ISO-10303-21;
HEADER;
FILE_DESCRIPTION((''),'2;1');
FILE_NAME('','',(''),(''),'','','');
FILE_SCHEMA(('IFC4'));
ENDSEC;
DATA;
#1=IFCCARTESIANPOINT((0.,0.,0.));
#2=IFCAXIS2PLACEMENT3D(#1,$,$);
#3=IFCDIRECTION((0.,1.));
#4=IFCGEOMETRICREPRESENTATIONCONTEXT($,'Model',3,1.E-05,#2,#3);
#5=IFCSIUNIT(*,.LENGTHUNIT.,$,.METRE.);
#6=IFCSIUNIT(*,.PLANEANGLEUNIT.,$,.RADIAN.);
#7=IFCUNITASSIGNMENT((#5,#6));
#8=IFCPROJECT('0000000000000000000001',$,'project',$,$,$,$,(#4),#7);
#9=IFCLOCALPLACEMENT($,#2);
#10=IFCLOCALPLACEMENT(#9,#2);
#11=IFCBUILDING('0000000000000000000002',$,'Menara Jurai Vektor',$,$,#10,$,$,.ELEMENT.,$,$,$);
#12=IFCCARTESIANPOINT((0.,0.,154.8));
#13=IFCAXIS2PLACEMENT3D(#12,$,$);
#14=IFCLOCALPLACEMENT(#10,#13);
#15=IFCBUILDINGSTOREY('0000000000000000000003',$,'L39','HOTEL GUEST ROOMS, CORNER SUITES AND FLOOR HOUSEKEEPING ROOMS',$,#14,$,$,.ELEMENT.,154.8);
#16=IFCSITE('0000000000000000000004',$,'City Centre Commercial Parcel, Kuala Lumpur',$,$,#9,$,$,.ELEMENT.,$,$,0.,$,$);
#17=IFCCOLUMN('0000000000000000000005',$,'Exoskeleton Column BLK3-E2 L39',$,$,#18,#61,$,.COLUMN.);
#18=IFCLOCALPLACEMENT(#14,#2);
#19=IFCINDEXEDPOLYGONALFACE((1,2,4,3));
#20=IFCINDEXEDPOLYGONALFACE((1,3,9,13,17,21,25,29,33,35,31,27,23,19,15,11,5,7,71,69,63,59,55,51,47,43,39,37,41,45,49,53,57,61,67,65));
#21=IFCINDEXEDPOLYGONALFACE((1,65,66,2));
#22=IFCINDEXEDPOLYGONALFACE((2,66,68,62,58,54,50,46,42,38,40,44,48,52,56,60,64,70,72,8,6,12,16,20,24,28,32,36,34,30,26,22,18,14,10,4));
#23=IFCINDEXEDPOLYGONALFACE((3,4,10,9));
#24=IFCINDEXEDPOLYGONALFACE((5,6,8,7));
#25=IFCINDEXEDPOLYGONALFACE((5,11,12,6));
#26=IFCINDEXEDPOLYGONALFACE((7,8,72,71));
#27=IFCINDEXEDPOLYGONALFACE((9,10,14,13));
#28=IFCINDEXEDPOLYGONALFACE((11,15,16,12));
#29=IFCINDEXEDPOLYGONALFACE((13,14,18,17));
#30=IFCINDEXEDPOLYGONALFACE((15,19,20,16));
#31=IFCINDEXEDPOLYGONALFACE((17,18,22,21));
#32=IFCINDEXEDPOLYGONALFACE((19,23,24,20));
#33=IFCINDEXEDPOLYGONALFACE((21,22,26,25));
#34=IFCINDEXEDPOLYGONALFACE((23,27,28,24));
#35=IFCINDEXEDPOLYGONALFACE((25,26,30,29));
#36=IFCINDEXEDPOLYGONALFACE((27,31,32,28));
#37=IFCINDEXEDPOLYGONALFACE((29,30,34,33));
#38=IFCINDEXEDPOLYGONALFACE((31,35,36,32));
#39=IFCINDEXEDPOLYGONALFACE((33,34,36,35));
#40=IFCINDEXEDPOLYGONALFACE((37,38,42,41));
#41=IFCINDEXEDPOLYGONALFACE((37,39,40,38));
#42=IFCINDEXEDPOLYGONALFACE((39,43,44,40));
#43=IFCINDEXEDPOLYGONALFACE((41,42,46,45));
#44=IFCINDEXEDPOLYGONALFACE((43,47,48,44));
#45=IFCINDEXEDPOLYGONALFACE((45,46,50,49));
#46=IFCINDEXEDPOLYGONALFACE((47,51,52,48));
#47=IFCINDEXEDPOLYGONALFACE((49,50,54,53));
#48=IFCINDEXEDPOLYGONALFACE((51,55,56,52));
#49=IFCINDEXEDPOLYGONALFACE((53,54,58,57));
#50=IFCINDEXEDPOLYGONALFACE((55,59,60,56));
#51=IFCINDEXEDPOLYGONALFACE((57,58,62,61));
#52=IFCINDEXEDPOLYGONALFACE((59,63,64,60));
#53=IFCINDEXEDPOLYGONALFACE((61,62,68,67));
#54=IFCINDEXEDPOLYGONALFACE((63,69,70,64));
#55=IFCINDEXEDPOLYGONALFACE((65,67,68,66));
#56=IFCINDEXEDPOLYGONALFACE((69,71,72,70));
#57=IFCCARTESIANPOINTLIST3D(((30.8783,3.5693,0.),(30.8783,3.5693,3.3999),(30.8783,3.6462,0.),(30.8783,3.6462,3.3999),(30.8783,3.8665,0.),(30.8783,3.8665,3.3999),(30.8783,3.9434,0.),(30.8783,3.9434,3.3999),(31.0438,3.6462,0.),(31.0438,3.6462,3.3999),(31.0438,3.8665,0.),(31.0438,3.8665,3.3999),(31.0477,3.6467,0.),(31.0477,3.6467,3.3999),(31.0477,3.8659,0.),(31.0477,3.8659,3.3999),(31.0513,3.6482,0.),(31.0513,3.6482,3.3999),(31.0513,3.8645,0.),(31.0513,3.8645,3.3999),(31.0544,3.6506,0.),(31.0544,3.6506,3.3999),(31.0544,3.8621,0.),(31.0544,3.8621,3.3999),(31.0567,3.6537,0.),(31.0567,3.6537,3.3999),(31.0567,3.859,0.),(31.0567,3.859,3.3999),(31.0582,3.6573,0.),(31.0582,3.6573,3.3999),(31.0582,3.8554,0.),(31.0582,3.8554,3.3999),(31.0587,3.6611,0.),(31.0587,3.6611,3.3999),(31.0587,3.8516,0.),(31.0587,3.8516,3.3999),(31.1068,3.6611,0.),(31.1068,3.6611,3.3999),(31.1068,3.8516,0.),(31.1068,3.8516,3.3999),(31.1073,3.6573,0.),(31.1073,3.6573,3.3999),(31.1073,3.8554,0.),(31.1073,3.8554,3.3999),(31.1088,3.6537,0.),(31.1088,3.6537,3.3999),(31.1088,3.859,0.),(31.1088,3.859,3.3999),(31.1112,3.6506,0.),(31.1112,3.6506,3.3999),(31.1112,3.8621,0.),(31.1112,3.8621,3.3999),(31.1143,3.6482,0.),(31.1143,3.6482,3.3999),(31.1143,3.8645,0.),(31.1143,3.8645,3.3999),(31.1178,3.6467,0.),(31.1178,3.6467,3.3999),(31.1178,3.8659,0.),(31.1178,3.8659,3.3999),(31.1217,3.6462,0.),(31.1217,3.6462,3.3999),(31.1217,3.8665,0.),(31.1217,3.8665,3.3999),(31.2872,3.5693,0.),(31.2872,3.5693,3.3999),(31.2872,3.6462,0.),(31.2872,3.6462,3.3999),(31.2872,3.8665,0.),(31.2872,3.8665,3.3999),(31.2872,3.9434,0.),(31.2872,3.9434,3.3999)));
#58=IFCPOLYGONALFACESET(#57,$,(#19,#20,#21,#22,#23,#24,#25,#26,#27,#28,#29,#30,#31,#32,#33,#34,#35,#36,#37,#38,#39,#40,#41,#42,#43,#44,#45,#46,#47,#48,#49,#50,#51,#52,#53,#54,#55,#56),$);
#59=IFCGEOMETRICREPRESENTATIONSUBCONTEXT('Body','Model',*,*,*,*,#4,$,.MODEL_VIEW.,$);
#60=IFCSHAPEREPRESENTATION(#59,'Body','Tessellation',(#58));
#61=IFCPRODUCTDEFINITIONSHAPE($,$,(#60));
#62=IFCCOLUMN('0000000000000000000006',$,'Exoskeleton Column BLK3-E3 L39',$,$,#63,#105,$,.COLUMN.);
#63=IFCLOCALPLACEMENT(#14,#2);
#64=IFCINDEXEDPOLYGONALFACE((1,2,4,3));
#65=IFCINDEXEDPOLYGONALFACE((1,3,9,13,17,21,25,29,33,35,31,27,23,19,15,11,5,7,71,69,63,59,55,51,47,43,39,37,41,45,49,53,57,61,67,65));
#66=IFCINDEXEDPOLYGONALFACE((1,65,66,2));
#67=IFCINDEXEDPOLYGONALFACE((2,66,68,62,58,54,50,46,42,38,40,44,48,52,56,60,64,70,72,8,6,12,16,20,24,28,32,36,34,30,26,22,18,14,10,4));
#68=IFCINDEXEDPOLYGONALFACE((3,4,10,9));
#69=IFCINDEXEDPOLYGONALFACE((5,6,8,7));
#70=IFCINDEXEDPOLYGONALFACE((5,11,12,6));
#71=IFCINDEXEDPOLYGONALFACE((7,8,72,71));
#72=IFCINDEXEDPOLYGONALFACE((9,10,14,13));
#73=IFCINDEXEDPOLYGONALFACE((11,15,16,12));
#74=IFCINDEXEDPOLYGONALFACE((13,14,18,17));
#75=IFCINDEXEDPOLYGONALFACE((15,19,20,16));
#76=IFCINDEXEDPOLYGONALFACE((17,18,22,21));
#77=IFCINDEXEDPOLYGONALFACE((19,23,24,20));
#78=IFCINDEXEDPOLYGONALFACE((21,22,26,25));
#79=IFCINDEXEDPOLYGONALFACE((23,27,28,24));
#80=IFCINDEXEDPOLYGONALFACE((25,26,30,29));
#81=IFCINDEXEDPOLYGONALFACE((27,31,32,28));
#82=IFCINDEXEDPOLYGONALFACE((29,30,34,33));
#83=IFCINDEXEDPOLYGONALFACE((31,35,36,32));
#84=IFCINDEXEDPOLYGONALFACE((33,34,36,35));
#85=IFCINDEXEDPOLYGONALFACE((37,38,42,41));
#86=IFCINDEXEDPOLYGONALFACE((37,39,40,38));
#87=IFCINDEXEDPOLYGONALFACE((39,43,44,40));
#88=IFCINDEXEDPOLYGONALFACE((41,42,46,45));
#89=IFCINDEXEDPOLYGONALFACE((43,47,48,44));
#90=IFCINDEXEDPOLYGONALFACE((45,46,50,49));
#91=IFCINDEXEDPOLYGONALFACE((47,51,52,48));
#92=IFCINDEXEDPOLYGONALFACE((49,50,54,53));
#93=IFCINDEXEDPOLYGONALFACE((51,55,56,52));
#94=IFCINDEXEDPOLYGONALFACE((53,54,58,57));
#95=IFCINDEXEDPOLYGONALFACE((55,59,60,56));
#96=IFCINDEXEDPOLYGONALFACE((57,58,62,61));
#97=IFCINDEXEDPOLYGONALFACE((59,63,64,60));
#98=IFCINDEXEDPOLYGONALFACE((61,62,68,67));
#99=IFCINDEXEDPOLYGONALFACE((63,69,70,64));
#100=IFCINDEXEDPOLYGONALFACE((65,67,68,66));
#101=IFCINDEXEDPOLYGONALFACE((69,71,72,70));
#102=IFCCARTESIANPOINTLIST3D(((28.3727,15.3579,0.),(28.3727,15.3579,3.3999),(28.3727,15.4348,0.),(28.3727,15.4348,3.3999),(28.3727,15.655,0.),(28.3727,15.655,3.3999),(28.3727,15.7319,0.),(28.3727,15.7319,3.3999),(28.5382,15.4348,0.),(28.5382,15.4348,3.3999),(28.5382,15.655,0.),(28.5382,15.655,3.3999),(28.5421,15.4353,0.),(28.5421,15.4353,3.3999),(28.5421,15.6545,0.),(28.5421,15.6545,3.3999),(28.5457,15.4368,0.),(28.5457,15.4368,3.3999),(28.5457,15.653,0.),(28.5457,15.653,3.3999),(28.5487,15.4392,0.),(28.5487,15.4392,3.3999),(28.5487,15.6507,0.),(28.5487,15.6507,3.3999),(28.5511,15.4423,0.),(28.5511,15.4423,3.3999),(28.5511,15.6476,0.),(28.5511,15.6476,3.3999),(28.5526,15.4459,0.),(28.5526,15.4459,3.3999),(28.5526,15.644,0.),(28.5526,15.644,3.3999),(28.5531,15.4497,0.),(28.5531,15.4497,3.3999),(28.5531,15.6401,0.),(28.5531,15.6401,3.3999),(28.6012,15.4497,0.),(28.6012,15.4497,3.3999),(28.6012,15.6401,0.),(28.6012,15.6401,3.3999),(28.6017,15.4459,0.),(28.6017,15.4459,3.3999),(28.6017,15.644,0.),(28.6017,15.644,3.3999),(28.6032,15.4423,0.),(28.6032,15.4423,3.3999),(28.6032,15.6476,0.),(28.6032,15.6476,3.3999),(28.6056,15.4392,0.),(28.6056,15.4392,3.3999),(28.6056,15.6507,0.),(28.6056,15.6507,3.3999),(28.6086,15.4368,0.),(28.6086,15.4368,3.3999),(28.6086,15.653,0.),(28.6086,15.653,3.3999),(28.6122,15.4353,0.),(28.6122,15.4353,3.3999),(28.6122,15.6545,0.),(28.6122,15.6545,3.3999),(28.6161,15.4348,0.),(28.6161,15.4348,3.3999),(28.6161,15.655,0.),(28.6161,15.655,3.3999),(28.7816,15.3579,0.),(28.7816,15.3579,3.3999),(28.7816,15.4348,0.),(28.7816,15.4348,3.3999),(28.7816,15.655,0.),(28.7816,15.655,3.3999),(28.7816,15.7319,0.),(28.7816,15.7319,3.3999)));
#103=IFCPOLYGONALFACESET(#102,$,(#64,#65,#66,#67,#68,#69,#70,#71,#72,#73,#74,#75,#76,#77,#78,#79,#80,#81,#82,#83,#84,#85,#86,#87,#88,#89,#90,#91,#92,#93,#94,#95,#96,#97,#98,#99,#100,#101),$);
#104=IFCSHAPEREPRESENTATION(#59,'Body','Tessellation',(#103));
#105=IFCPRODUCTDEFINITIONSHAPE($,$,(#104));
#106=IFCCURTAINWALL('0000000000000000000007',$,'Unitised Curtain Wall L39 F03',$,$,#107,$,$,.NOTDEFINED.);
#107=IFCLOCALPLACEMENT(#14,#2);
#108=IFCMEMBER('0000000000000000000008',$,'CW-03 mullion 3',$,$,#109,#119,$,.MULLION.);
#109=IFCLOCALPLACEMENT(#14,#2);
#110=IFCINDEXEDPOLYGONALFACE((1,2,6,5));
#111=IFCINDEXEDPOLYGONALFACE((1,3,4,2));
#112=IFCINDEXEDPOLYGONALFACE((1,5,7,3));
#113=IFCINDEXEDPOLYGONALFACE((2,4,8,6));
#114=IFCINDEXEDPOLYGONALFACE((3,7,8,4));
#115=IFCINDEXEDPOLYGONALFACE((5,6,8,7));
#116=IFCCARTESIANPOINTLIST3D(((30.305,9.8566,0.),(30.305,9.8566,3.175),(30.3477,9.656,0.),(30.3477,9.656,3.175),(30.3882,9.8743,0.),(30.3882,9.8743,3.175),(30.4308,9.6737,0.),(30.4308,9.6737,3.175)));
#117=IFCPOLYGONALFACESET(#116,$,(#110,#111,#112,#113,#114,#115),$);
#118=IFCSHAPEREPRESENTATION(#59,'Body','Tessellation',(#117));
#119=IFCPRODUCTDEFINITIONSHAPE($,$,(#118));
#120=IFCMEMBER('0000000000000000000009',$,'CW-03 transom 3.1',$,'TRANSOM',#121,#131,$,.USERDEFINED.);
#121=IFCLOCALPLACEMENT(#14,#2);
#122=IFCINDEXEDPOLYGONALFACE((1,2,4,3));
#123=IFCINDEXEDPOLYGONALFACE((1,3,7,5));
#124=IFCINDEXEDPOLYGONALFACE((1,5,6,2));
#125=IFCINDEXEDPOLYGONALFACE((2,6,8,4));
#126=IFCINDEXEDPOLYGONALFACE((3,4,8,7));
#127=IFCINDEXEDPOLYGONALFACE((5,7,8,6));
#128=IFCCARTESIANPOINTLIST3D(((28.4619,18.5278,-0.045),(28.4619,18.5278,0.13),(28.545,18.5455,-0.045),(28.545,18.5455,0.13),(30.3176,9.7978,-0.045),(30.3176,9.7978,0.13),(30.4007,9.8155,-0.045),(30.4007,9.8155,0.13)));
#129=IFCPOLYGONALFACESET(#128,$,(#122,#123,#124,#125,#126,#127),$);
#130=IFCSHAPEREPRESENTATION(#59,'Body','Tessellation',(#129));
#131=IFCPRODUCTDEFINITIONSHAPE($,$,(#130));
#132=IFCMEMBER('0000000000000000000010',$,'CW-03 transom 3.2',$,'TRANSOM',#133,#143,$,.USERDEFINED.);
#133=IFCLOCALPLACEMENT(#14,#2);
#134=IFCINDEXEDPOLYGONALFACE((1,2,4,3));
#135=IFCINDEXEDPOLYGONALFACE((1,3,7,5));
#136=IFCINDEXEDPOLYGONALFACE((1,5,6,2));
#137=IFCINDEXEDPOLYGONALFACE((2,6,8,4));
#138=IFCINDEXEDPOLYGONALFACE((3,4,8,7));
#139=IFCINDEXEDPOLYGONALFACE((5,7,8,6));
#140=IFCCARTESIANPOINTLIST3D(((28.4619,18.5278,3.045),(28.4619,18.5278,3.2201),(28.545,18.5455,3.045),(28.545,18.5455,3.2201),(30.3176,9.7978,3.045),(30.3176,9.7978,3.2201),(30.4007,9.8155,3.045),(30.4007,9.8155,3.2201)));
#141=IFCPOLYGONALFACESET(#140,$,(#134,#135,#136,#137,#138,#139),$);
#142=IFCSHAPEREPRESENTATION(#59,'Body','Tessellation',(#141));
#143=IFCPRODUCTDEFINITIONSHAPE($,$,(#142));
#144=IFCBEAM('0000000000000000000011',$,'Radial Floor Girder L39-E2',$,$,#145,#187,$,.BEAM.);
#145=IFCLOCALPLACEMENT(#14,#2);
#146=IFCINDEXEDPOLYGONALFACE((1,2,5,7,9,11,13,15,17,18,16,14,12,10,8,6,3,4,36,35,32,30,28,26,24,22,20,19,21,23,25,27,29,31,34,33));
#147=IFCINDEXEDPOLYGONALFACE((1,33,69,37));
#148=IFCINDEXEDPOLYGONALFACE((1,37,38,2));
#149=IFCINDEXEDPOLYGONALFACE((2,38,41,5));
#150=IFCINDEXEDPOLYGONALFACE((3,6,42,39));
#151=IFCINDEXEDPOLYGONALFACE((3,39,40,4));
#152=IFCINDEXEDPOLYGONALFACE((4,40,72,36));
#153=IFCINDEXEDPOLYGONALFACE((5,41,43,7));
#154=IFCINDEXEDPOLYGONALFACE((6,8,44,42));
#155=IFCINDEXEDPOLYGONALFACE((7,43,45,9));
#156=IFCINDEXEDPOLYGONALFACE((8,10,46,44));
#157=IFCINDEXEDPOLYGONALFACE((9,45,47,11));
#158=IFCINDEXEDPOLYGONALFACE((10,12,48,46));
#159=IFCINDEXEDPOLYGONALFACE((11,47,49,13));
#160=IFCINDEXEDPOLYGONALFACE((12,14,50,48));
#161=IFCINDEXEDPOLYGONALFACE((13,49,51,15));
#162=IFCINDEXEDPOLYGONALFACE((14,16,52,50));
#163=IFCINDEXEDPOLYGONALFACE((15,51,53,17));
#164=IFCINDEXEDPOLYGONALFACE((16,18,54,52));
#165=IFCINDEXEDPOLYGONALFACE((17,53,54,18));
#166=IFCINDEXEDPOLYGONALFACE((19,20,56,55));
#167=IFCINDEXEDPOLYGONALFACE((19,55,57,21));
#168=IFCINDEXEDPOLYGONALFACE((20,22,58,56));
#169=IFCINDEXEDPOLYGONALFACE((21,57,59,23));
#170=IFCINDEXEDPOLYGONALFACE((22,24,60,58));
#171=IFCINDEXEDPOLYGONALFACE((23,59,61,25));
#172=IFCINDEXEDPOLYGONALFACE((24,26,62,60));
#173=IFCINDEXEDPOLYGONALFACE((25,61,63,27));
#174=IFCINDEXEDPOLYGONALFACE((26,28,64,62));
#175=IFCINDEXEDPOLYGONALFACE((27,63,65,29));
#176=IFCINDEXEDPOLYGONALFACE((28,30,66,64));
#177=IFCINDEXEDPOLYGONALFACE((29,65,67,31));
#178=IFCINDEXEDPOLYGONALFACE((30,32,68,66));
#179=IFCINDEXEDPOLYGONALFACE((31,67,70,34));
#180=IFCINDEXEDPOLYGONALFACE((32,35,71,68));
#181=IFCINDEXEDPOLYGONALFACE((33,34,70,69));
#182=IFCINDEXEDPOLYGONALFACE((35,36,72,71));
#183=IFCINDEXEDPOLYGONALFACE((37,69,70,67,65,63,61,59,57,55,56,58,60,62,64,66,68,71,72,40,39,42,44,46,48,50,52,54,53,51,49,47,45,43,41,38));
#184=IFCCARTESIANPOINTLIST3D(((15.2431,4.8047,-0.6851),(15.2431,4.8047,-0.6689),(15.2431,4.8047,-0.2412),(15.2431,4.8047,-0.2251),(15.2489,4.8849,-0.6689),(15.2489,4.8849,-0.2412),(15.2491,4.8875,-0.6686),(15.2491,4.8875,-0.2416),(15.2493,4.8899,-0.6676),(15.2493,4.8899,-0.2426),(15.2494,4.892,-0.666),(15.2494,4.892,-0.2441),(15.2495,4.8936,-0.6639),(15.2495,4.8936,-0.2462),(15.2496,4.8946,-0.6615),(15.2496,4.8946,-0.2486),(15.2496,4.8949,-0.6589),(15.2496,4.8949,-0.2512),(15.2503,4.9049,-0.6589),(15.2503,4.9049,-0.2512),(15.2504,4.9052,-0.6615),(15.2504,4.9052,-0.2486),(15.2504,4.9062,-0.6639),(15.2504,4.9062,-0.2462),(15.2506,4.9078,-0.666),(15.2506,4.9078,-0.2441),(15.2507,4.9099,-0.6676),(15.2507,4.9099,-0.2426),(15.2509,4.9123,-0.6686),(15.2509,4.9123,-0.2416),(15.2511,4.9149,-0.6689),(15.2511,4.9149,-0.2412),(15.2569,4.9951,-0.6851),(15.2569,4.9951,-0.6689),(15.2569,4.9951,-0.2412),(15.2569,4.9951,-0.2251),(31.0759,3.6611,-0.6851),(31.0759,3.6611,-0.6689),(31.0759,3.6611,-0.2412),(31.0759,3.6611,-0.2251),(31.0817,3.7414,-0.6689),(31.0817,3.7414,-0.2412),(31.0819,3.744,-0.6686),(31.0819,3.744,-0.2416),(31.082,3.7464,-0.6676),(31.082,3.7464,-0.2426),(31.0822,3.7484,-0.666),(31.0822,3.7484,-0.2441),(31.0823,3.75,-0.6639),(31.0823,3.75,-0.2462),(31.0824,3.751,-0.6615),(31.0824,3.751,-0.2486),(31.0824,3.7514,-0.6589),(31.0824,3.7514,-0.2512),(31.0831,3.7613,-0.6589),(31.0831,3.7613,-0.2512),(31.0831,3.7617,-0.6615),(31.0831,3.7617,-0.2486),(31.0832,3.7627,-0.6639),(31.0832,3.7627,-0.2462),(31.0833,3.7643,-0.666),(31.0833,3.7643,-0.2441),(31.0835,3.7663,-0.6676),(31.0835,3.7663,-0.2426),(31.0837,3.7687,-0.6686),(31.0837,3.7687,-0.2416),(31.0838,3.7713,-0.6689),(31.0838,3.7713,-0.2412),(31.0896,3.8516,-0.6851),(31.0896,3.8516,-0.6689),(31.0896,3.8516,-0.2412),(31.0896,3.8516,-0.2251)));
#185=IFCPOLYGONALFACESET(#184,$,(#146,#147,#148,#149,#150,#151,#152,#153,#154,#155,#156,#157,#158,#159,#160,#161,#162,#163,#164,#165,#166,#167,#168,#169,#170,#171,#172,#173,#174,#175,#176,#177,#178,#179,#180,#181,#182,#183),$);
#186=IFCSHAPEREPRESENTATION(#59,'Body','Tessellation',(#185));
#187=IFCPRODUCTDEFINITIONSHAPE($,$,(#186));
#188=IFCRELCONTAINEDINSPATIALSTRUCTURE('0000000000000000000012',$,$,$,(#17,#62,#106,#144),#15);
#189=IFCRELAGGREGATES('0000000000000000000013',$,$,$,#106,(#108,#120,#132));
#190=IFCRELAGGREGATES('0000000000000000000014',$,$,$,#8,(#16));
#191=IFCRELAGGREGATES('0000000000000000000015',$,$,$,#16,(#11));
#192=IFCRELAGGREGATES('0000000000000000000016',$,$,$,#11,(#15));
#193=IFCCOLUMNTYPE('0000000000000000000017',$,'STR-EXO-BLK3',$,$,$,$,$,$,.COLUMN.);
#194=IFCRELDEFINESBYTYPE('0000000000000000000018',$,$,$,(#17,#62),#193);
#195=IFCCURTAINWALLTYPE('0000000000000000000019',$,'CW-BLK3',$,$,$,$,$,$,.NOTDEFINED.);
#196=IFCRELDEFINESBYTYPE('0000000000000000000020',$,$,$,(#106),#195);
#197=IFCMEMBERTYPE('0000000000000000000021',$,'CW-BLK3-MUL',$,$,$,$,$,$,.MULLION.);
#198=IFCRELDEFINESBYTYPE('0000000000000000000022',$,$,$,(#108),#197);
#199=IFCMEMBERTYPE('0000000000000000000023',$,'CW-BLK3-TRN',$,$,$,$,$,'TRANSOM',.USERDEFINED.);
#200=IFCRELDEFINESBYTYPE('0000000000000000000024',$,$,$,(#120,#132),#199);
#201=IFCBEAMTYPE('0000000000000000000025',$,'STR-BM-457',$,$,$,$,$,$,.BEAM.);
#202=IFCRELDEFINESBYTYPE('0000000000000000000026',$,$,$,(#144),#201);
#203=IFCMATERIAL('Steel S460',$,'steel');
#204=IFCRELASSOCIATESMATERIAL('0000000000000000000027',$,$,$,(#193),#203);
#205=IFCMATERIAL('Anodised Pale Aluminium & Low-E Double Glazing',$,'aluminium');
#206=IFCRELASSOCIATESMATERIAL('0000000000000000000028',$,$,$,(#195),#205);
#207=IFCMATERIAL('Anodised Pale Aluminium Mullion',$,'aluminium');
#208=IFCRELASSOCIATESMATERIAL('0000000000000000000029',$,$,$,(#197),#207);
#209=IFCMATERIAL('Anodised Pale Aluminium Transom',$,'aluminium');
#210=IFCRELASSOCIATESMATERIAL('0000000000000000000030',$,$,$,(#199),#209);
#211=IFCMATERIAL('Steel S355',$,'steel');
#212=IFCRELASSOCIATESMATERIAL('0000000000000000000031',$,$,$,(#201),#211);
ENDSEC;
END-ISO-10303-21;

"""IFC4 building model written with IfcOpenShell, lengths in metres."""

from ifc_helpers import new_model, si_unit, direction, frame, origin, origin_2d, place, context, subcontext, project, spatial, rectangle, i_section, extrude, material, material_profile, profile_set, type_object, element, aggregate, save


model = new_model("IFC4")

# Units and contexts
model_context = context("Model", 3, precision=1e-05, world=origin(), true_north=direction((0.0, 1.0)))
body_context = subcontext(model_context, "Body", "Model", "MODEL_VIEW")
ifc_project = project(units=[si_unit("LENGTHUNIT", "METRE"), si_unit("PLANEANGLEUNIT", "RADIAN")], contexts=[model_context])

# Site, building, storey
site_placement = place(None, origin())
site = spatial("IfcSite", under=ifc_project, at=site_placement, Name="City Centre Commercial Parcel, Kuala Lumpur", CompositionType="ELEMENT", RefElevation=0.0)
building_placement = place(site_placement, origin())
building = spatial("IfcBuilding", under=site, at=building_placement, Name="Menara Jurai Vektor", CompositionType="ELEMENT")
storey_placement = place(building_placement, frame((0.0, 0.0, 154.8)))
storey = spatial("IfcBuildingStorey", under=building, at=storey_placement, Name="L39", Description="HOTEL GUEST ROOMS, CORNER SUITES AND FLOOR HOUSEKEEPING ROOMS", CompositionType="ELEMENT", Elevation=154.8)

# Columns
ifc_material_1 = material(Name="Steel S460", Category="steel")
ifc_material_profile_1 = material_profile(ifc_material_1, i_section(OverallWidth=0.4089, OverallDepth=0.374, WebThickness=0.0481, FlangeThickness=0.0769, FilletRadius=0.0149, at=origin_2d()), Name="HD 400x634")
ifc_profile_set_1 = profile_set([ifc_material_profile_1], Name="Steel S460")
column_type = type_object("IfcColumnType", Name="STR-EXO-BLK3", PredefinedType="COLUMN", material=ifc_profile_set_1)
for number, where, z_axis, x_axis, name in (
    (1, (31.0828, 3.7563, 0.0), (0.0, 0.0, 1.0), (1.0, 0.0, 0.0), "Exoskeleton Column BLK3-E2 L39"),
    (2, (28.5771, 15.5449, 0.0), (0.0, 0.0, 1.0), (1.0, 0.0, 0.0), "Exoskeleton Column BLK3-E3 L39"),
):
    element("IfcColumn", number, at=place(storey_placement, frame(where, z_axis=z_axis, x_axis=x_axis)), inside=storey, type_object=column_type, Name=name, PredefinedType="COLUMN", context=body_context, shape_type="SweptSolid", body=[
        extrude(i_section(OverallWidth=0.4089, OverallDepth=0.374, WebThickness=0.0481, FlangeThickness=0.0769, FilletRadius=0.0149, at=origin_2d()), origin(), (0.0, 0.0, 1.0), 3.3999),
    ])

# Curtain wall, members
ifc_material_2 = material(Name="Anodised Pale Aluminium & Low-E Double Glazing", Category="aluminium")
curtain_wall_type = type_object("IfcCurtainWallType", Name="CW-BLK3", PredefinedType="NOTDEFINED", material=ifc_material_2)
curtain_wall_placement = place(storey_placement, origin())
curtain_wall = element("IfcCurtainWall", 3, at=curtain_wall_placement, inside=storey, type_object=curtain_wall_type, Name="Unitised Curtain Wall L39 F03", PredefinedType="NOTDEFINED")
ifc_material_3 = material(Name="Anodised Pale Aluminium Mullion", Category="aluminium")
ifc_material_profile_2 = material_profile(ifc_material_3, rectangle(XDim=0.085, YDim=0.2051, at=origin_2d()), Name="ALU MUL 85x205")
ifc_profile_set_2 = profile_set([ifc_material_profile_2], Name="Anodised Pale Aluminium Mullion")
member_type_1 = type_object("IfcMemberType", Name="CW-BLK3-MUL", PredefinedType="MULLION", material=ifc_profile_set_2)
member_1_placement = place(storey_placement, frame((30.3679, 9.7651, 0.0), z_axis=(0.0, 0.0, 1.0), x_axis=(-0.978148, -0.20791, 0.0)))
member_1 = element("IfcMember", 4, at=member_1_placement, type_object=member_type_1, Name="CW-03 mullion 3", PredefinedType="MULLION", context=body_context, shape_type="SweptSolid", body=[
    extrude(rectangle(XDim=0.085, YDim=0.2051, at=origin_2d()), origin(), (0.0, 0.0, 1.0), 3.175),
])
ifc_material_4 = material(Name="Anodised Pale Aluminium Transom", Category="aluminium")
ifc_material_profile_3 = material_profile(ifc_material_4, rectangle(XDim=0.085, YDim=0.175, at=origin_2d()), Name="ALU TRN 85x175")
ifc_profile_set_3 = profile_set([ifc_material_profile_3], Name="Anodised Pale Aluminium Transom")
member_type_2 = type_object("IfcMemberType", Name="CW-BLK3-TRN", ElementType="TRANSOM", PredefinedType="USERDEFINED", material=ifc_profile_set_3)
member_2_placement = place(storey_placement, frame((30.3591, 9.8066, 0.0425), z_axis=(-0.207922, 0.978145, 0.0), x_axis=(-0.978145, -0.207922, 0.0)))
member_2 = element("IfcMember", 5, at=member_2_placement, type_object=member_type_2, Name="CW-03 transom 3.1", ObjectType="TRANSOM", PredefinedType="USERDEFINED", context=body_context, shape_type="SweptSolid", body=[
    extrude(rectangle(XDim=0.085, YDim=0.175, at=origin_2d()), origin(), (0.0, 0.0, 1.0), 8.925),
])
member_3_placement = place(storey_placement, frame((30.3591, 9.8066, 3.1326), z_axis=(-0.207922, 0.978145, 0.0), x_axis=(-0.978145, -0.207922, 0.0)))
member_3 = element("IfcMember", 6, at=member_3_placement, type_object=member_type_2, Name="CW-03 transom 3.2", ObjectType="TRANSOM", PredefinedType="USERDEFINED", context=body_context, shape_type="SweptSolid", body=[
    extrude(rectangle(XDim=0.085, YDim=0.175, at=origin_2d()), origin(), (0.0, 0.0, 1.0), 8.925),
])

# Beam
ifc_material_5 = material(Name="Steel S355", Category="steel")
ifc_material_profile_4 = material_profile(ifc_material_5, i_section(OverallWidth=0.1909, OverallDepth=0.46, WebThickness=0.01, FlangeThickness=0.0161, FilletRadius=0.01, at=origin_2d()), Name="UKB 457x191x82")
ifc_profile_set_4 = profile_set([ifc_material_profile_4], Name="Steel S355")
beam_type_1 = type_object("IfcBeamType", Name="STR-BM-457", PredefinedType="BEAM", material=ifc_profile_set_4)
beam_1_placement = place(storey_placement, frame((31.0828, 3.7563, -0.4551), z_axis=(-0.997402, 0.072039, 0.0), x_axis=(-0.072039, -0.997402, 0.0)))
element("IfcBeam", 7, at=beam_1_placement, inside=storey, type_object=beam_type_1, Name="Radial Floor Girder L39-E2", PredefinedType="BEAM", context=body_context, shape_type="SweptSolid", body=[
    extrude(i_section(OverallWidth=0.1909, OverallDepth=0.46, WebThickness=0.01, FlangeThickness=0.0161, FilletRadius=0.01, at=origin_2d()), origin(), (0.0, 0.0, 1.0), 15.874),
])

aggregate(curtain_wall, [member_1, member_2, member_3])

save(model, "model.ifc")
